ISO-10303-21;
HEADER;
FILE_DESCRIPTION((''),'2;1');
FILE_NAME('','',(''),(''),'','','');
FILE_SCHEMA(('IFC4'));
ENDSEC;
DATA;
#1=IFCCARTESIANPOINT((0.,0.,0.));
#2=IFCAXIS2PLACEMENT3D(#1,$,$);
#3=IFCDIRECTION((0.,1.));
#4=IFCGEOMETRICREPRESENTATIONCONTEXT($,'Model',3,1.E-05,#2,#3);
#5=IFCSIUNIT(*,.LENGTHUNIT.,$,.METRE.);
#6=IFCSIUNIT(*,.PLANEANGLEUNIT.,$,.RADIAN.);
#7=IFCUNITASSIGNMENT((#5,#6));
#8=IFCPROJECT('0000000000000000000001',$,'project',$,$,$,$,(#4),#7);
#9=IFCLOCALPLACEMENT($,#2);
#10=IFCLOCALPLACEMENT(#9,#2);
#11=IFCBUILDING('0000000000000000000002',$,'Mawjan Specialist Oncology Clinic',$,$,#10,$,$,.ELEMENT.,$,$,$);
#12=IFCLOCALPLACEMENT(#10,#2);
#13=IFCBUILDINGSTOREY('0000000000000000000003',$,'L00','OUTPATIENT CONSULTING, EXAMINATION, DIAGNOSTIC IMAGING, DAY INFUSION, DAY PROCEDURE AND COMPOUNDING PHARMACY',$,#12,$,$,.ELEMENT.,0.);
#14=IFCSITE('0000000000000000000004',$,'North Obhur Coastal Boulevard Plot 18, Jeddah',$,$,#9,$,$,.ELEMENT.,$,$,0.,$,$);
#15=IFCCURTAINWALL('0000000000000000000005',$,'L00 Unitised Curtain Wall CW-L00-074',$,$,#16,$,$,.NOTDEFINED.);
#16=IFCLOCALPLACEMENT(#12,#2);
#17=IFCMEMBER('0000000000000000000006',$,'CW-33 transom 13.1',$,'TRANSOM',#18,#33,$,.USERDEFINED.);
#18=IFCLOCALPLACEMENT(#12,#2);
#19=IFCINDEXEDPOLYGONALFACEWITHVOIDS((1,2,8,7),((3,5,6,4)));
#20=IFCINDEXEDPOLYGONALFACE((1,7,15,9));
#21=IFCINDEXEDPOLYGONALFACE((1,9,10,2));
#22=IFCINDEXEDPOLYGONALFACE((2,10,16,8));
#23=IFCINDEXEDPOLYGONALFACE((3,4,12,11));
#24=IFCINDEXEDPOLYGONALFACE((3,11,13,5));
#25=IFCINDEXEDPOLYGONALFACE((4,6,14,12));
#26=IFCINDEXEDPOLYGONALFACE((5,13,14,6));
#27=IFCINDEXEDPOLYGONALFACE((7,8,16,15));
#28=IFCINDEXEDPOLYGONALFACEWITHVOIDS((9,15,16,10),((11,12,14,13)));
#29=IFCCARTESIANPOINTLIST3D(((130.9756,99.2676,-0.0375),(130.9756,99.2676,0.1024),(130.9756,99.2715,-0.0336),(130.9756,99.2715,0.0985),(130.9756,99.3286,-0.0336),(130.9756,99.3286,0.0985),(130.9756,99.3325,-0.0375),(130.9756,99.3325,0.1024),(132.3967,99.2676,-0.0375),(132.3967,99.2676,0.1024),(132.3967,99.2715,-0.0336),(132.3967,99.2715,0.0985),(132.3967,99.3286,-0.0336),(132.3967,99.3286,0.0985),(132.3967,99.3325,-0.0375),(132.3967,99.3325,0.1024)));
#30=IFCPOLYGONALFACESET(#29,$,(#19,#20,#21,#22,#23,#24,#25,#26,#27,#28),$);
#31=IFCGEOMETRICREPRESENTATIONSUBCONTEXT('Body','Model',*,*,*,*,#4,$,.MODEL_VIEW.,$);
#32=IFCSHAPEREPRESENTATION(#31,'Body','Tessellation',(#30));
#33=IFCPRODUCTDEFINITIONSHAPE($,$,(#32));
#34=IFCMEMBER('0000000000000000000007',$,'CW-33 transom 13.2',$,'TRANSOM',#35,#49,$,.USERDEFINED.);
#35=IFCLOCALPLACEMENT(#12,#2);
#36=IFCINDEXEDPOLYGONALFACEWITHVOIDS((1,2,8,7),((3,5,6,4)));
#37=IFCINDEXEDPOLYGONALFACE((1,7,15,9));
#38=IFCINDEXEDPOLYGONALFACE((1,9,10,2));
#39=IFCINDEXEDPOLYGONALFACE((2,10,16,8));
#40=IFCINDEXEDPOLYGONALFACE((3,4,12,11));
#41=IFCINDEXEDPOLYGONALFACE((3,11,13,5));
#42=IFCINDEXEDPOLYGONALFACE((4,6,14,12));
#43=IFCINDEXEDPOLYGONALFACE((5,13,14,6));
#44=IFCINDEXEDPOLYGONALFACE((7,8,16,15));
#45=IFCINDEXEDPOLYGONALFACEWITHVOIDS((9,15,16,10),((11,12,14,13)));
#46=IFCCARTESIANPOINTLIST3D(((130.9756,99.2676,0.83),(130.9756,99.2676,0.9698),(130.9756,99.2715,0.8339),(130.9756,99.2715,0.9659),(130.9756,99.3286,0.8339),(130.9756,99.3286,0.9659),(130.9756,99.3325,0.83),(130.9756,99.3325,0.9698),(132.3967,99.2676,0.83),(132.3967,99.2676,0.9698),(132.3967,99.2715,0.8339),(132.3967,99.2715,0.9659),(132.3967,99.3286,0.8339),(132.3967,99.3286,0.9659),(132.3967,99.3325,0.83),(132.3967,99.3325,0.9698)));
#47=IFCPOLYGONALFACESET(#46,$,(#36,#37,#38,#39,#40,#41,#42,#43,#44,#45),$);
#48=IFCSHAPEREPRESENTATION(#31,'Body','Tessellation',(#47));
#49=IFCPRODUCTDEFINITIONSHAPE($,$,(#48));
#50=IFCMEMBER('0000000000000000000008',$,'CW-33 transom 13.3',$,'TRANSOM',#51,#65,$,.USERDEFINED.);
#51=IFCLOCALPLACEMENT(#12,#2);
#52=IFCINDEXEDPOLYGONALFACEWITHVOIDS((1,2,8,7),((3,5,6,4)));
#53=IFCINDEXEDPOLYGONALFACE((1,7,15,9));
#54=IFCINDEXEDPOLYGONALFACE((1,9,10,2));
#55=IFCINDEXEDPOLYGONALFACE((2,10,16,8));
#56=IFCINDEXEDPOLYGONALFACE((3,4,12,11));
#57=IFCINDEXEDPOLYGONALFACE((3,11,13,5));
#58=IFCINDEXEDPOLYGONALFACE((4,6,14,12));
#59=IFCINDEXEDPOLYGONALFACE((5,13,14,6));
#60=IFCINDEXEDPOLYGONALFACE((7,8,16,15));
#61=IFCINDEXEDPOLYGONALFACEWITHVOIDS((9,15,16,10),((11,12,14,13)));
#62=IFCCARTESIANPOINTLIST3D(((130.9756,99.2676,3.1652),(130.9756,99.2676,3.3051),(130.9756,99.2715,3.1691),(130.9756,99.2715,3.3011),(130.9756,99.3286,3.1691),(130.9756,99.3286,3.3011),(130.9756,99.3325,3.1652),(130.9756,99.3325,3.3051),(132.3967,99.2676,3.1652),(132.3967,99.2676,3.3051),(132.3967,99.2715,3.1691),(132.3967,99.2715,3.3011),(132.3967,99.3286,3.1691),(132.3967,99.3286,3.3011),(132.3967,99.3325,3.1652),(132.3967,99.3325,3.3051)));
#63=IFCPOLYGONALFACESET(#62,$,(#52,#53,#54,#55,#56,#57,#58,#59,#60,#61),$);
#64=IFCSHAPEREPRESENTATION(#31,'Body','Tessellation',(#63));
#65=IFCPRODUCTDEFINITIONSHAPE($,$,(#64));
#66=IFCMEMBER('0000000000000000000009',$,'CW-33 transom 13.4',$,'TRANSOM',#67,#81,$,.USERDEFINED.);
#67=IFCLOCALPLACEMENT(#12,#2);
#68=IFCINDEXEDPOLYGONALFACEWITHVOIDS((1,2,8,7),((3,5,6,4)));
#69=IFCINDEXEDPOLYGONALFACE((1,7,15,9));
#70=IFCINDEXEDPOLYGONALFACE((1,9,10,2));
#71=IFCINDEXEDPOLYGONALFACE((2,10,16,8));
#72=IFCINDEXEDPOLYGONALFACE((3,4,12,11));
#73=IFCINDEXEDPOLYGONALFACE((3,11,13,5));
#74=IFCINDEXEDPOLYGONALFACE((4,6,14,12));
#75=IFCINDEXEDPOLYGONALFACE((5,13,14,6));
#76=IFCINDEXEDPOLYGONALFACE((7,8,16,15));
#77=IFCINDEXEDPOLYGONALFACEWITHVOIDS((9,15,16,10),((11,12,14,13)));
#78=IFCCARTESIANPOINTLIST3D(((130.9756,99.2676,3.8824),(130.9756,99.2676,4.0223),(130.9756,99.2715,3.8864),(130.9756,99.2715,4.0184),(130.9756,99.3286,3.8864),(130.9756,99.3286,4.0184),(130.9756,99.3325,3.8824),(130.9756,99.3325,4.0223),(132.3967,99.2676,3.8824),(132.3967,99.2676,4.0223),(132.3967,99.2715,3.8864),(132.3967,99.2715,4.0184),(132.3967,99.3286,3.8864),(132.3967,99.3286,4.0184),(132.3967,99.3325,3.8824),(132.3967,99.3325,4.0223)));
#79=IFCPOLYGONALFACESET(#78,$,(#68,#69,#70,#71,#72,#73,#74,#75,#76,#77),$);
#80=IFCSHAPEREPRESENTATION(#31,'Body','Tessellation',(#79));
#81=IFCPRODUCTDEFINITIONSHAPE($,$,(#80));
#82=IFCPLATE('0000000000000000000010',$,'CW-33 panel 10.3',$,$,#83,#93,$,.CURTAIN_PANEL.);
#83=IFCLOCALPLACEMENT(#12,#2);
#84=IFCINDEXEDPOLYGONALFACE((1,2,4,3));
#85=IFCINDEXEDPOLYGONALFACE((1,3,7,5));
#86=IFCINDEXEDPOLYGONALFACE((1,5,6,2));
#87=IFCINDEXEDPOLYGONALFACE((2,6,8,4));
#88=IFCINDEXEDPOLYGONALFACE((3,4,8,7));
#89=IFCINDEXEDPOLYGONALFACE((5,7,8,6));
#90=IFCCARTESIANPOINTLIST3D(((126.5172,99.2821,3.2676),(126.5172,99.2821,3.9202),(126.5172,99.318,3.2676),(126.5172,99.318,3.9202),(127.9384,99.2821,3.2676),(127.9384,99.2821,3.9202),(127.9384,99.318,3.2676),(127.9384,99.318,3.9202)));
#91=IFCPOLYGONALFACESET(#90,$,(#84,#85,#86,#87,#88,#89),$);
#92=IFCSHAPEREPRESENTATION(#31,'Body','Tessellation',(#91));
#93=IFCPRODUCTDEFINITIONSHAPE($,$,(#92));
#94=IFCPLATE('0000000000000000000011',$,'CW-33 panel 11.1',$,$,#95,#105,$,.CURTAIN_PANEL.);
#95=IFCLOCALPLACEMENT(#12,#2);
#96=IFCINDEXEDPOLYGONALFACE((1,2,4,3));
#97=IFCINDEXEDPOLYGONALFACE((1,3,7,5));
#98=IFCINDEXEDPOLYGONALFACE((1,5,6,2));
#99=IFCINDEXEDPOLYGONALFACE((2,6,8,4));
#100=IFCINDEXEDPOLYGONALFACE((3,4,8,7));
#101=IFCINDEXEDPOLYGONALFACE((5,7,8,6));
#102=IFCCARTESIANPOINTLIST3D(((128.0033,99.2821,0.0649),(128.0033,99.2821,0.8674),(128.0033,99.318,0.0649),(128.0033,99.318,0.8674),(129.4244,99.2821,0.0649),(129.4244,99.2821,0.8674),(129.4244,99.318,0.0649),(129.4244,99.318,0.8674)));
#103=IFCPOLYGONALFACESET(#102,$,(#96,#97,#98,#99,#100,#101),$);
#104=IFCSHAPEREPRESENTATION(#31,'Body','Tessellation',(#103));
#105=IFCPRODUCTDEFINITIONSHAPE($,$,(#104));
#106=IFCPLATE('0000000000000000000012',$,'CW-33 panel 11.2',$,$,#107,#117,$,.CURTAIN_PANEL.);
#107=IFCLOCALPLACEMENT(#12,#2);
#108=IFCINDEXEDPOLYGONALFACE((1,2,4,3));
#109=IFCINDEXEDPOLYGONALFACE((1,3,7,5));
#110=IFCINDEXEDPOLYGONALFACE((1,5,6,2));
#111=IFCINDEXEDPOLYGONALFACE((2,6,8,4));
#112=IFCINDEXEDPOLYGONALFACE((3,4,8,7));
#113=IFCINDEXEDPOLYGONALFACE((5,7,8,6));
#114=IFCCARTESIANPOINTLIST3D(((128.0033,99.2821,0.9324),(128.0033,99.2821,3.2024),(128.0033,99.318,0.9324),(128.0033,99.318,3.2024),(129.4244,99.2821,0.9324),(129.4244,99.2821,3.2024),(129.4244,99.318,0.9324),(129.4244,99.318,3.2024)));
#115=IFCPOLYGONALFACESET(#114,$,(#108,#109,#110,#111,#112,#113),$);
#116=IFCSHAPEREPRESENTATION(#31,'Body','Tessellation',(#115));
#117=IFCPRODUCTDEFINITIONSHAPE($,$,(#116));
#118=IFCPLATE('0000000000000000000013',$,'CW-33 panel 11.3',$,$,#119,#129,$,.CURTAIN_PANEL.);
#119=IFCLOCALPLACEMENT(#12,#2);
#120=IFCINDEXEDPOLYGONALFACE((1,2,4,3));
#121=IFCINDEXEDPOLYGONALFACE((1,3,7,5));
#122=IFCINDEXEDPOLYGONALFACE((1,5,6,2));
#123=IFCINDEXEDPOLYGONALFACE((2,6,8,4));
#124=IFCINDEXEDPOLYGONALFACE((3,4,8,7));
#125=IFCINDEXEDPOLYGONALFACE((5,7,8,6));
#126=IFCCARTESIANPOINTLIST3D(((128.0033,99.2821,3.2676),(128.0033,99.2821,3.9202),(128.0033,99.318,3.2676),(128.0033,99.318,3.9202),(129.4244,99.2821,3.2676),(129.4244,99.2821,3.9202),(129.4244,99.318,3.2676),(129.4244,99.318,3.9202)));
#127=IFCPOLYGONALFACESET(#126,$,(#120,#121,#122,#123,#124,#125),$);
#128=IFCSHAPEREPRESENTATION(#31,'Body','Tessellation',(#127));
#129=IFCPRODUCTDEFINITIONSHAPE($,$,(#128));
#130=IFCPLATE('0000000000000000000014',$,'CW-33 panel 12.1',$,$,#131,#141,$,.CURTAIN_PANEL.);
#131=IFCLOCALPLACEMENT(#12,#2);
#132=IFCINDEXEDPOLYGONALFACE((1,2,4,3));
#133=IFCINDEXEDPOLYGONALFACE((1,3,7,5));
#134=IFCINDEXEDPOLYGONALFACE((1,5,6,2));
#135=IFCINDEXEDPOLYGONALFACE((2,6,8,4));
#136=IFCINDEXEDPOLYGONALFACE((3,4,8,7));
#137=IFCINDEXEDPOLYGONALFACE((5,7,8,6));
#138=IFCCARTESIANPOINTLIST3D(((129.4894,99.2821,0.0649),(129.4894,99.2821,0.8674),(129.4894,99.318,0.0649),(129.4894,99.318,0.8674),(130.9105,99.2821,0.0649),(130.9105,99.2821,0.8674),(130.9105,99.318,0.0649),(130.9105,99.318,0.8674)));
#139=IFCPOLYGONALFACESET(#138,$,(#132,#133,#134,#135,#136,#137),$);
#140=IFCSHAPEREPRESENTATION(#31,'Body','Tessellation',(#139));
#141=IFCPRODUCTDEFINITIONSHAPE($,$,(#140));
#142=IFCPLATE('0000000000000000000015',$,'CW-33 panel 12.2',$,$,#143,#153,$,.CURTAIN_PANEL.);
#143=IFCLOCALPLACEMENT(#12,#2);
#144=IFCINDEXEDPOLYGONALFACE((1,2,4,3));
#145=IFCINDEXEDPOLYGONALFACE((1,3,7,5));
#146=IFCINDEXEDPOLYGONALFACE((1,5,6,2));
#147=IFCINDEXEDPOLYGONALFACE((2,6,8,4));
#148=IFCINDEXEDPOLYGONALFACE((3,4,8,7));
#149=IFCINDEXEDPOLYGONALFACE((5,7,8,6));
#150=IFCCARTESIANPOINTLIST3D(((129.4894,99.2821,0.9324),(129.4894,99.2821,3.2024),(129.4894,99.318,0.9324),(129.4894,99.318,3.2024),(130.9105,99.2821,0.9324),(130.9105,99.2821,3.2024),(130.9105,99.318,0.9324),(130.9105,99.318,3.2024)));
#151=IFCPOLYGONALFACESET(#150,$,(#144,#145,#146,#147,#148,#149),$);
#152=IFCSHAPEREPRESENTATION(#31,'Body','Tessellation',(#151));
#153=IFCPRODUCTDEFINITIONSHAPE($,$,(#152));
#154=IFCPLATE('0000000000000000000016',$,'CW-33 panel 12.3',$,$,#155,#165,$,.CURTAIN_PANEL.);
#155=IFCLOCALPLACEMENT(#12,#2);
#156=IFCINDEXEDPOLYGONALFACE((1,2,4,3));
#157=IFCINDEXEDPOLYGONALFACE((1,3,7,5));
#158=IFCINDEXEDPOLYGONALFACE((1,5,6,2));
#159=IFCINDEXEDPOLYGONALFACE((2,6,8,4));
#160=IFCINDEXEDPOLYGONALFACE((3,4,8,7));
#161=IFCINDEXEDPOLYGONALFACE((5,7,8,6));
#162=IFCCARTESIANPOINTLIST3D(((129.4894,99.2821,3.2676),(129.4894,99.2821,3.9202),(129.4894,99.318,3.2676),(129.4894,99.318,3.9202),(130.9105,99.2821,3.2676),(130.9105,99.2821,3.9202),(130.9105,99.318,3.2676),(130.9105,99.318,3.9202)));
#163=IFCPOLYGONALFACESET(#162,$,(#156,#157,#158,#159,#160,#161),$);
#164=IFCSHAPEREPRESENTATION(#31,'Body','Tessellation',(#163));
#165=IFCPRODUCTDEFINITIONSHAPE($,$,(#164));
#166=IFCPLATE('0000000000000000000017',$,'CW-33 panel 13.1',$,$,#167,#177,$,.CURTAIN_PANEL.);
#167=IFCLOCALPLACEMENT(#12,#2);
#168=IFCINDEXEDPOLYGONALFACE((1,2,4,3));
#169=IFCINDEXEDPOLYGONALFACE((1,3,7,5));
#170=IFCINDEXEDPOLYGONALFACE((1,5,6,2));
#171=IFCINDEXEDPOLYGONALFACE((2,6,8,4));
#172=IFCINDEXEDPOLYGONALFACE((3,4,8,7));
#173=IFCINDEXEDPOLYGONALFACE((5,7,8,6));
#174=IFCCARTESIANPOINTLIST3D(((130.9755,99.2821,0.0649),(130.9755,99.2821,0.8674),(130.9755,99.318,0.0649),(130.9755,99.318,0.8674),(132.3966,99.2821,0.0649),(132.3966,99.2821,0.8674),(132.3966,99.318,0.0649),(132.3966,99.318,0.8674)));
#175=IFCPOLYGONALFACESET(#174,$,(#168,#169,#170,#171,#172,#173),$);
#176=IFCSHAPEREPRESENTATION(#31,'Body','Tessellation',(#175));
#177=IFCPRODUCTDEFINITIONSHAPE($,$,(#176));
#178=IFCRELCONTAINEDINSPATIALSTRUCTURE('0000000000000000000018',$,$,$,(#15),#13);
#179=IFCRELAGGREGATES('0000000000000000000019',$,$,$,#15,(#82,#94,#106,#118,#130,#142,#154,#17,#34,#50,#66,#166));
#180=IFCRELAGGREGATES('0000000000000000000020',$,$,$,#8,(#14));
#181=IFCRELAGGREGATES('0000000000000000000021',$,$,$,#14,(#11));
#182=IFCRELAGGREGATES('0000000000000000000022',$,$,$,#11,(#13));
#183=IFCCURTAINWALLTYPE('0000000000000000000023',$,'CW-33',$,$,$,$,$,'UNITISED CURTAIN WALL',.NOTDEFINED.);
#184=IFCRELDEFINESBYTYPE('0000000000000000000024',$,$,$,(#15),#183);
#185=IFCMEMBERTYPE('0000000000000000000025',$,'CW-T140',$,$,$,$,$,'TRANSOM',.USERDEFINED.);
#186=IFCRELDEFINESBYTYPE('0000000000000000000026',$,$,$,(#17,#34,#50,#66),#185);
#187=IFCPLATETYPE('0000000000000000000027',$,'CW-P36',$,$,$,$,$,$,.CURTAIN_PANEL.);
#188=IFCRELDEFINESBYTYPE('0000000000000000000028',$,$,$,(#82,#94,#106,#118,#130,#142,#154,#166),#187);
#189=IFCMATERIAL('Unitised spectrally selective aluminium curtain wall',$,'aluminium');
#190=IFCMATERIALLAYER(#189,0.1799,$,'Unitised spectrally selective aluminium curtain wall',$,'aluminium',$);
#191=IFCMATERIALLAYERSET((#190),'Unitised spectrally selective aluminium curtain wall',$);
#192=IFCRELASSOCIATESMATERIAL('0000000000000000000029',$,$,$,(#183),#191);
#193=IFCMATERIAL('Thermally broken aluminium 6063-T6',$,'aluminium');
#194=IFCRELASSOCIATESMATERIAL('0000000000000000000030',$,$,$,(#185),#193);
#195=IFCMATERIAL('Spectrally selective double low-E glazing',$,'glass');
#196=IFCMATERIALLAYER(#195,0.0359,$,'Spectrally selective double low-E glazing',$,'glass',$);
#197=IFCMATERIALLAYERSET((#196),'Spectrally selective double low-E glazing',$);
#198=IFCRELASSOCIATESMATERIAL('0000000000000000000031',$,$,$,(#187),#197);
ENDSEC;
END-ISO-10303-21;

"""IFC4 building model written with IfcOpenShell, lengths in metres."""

from ifc_helpers import new_model, si_unit, direction, frame, origin, origin_2d, place, context, subcontext, project, spatial, rectangle, hollow_rectangle, extrude, material, layer, layer_set, material_profile, profile_set, type_object, element, aggregate, save


model = new_model("IFC4")

# Units and contexts
model_context = context("Model", 3, precision=1e-05, world=origin(), true_north=direction((0.0, 1.0)))
body_context = subcontext(model_context, "Body", "Model", "MODEL_VIEW")
ifc_project = project(units=[si_unit("LENGTHUNIT", "METRE"), si_unit("PLANEANGLEUNIT", "RADIAN")], contexts=[model_context])

# Site, building, storey
site_placement = place(None, origin())
site = spatial("IfcSite", under=ifc_project, at=site_placement, Name="North Obhur Coastal Boulevard Plot 18, Jeddah", CompositionType="ELEMENT", RefElevation=0.0)
building_placement = place(site_placement, origin())
building = spatial("IfcBuilding", under=site, at=building_placement, Name="Mawjan Specialist Oncology Clinic", CompositionType="ELEMENT")
storey_placement = place(building_placement, origin())
storey = spatial("IfcBuildingStorey", under=building, at=storey_placement, Name="L00", Description="OUTPATIENT CONSULTING, EXAMINATION, DIAGNOSTIC IMAGING, DAY INFUSION, DAY PROCEDURE AND COMPOUNDING PHARMACY", CompositionType="ELEMENT", Elevation=0.0)

# Curtain wall, members, plates
ifc_material_1 = material(Name="Unitised spectrally selective aluminium curtain wall", Category="aluminium")
ifc_layer_1 = layer(ifc_material_1, 0.1799, Name="Unitised spectrally selective aluminium curtain wall", Category="aluminium")
ifc_layer_set_1 = layer_set([ifc_layer_1], Name="Unitised spectrally selective aluminium curtain wall")
curtain_wall_type = type_object("IfcCurtainWallType", Name="CW-33", ElementType="UNITISED CURTAIN WALL", PredefinedType="NOTDEFINED", material=ifc_layer_set_1)
curtain_wall_placement = place(storey_placement, origin())
curtain_wall = element("IfcCurtainWall", 1, at=curtain_wall_placement, inside=storey, type_object=curtain_wall_type, Name="L00 Unitised Curtain Wall CW-L00-074", PredefinedType="NOTDEFINED")
ifc_material_2 = material(Name="Thermally broken aluminium 6063-T6", Category="aluminium")
ifc_material_profile_1 = material_profile(ifc_material_2, hollow_rectangle(XDim=0.0649, YDim=0.1399, WallThickness=0.0039, at=origin_2d()), Name="ALU TRANSOM 140x65x4", Category="aluminium")
ifc_profile_set_1 = profile_set([ifc_material_profile_1], Name="Thermally broken aluminium 6063-T6")
member_type_1 = type_object("IfcMemberType", Name="CW-T140", ElementType="TRANSOM", PredefinedType="USERDEFINED", material=ifc_profile_set_1)
member_1_placement = place(storey_placement, frame((130.9756, 99.3, 0.0325), z_axis=(1.0, 0.0, 0.0), x_axis=(0.0, 1.0, 0.0)))
member_1 = element("IfcMember", 2, at=member_1_placement, type_object=member_type_1, Name="CW-33 transom 13.1", ObjectType="TRANSOM", PredefinedType="USERDEFINED", context=body_context, shape_type="SweptSolid", body=[
    extrude(hollow_rectangle(XDim=0.0649, YDim=0.1399, WallThickness=0.0039, at=origin_2d()), origin(), (0.0, 0.0, 1.0), 1.4211),
])
member_2_placement = place(storey_placement, frame((130.9756, 99.3, 0.8999), z_axis=(1.0, 0.0, 0.0), x_axis=(0.0, 1.0, 0.0)))
member_2 = element("IfcMember", 3, at=member_2_placement, type_object=member_type_1, Name="CW-33 transom 13.2", ObjectType="TRANSOM", PredefinedType="USERDEFINED", context=body_context, shape_type="SweptSolid", body=[
    extrude(hollow_rectangle(XDim=0.0649, YDim=0.1399, WallThickness=0.0039, at=origin_2d()), origin(), (0.0, 0.0, 1.0), 1.4211),
])
member_3_placement = place(storey_placement, frame((130.9756, 99.3, 3.2351), z_axis=(1.0, 0.0, 0.0), x_axis=(0.0, 1.0, 0.0)))
member_3 = element("IfcMember", 4, at=member_3_placement, type_object=member_type_1, Name="CW-33 transom 13.3", ObjectType="TRANSOM", PredefinedType="USERDEFINED", context=body_context, shape_type="SweptSolid", body=[
    extrude(hollow_rectangle(XDim=0.0649, YDim=0.1399, WallThickness=0.0039, at=origin_2d()), origin(), (0.0, 0.0, 1.0), 1.4211),
])
member_4_placement = place(storey_placement, frame((130.9756, 99.3, 3.9524), z_axis=(1.0, 0.0, 0.0), x_axis=(0.0, 1.0, 0.0)))
member_4 = element("IfcMember", 5, at=member_4_placement, type_object=member_type_1, Name="CW-33 transom 13.4", ObjectType="TRANSOM", PredefinedType="USERDEFINED", context=body_context, shape_type="SweptSolid", body=[
    extrude(hollow_rectangle(XDim=0.0649, YDim=0.1399, WallThickness=0.0039, at=origin_2d()), origin(), (0.0, 0.0, 1.0), 1.4211),
])
ifc_material_3 = material(Name="Spectrally selective double low-E glazing", Category="glass")
ifc_layer_2 = layer(ifc_material_3, 0.0359, Name="Spectrally selective double low-E glazing", Category="glass")
ifc_layer_set_2 = layer_set([ifc_layer_2], Name="Spectrally selective double low-E glazing")
plate_type = type_object("IfcPlateType", Name="CW-P36", PredefinedType="CURTAIN_PANEL", material=ifc_layer_set_2)
plate_1_placement = place(storey_placement, frame((127.2278, 99.3, 3.2676), z_axis=(0.0, 0.0, 1.0), x_axis=(1.0, 0.0, 0.0)))
plate_1 = element("IfcPlate", 6, at=plate_1_placement, type_object=plate_type, Name="CW-33 panel 10.3", PredefinedType="CURTAIN_PANEL", context=body_context, shape_type="SweptSolid", body=[
    extrude(rectangle(XDim=1.4211, YDim=0.0359, at=origin_2d()), origin(), (0.0, 0.0, 1.0), 0.6526),
])
plate_2_placement = place(storey_placement, frame((128.7139, 99.3, 0.0649), z_axis=(0.0, 0.0, 1.0), x_axis=(1.0, 0.0, 0.0)))
plate_2 = element("IfcPlate", 7, at=plate_2_placement, type_object=plate_type, Name="CW-33 panel 11.1", PredefinedType="CURTAIN_PANEL", context=body_context, shape_type="SweptSolid", body=[
    extrude(rectangle(XDim=1.4211, YDim=0.0359, at=origin_2d()), origin(), (0.0, 0.0, 1.0), 0.8025),
])
plate_3_placement = place(storey_placement, frame((128.7139, 99.3, 0.9324), z_axis=(0.0, 0.0, 1.0), x_axis=(1.0, 0.0, 0.0)))
plate_3 = element("IfcPlate", 8, at=plate_3_placement, type_object=plate_type, Name="CW-33 panel 11.2", PredefinedType="CURTAIN_PANEL", context=body_context, shape_type="SweptSolid", body=[
    extrude(rectangle(XDim=1.4211, YDim=0.0359, at=origin_2d()), origin(), (0.0, 0.0, 1.0), 2.27),
])
plate_4_placement = place(storey_placement, frame((128.7139, 99.3, 3.2676), z_axis=(0.0, 0.0, 1.0), x_axis=(1.0, 0.0, 0.0)))
plate_4 = element("IfcPlate", 9, at=plate_4_placement, type_object=plate_type, Name="CW-33 panel 11.3", PredefinedType="CURTAIN_PANEL", context=body_context, shape_type="SweptSolid", body=[
    extrude(rectangle(XDim=1.4211, YDim=0.0359, at=origin_2d()), origin(), (0.0, 0.0, 1.0), 0.6526),
])
plate_5_placement = place(storey_placement, frame((130.2, 99.3, 0.0649), z_axis=(0.0, 0.0, 1.0), x_axis=(1.0, 0.0, 0.0)))
plate_5 = element("IfcPlate", 10, at=plate_5_placement, type_object=plate_type, Name="CW-33 panel 12.1", PredefinedType="CURTAIN_PANEL", context=body_context, shape_type="SweptSolid", body=[
    extrude(rectangle(XDim=1.4211, YDim=0.0359, at=origin_2d()), origin(), (0.0, 0.0, 1.0), 0.8025),
])
plate_6_placement = place(storey_placement, frame((130.2, 99.3, 0.9324), z_axis=(0.0, 0.0, 1.0), x_axis=(1.0, 0.0, 0.0)))
plate_6 = element("IfcPlate", 11, at=plate_6_placement, type_object=plate_type, Name="CW-33 panel 12.2", PredefinedType="CURTAIN_PANEL", context=body_context, shape_type="SweptSolid", body=[
    extrude(rectangle(XDim=1.4211, YDim=0.0359, at=origin_2d()), origin(), (0.0, 0.0, 1.0), 2.27),
])
plate_7_placement = place(storey_placement, frame((130.2, 99.3, 3.2676), z_axis=(0.0, 0.0, 1.0), x_axis=(1.0, 0.0, 0.0)))
plate_7 = element("IfcPlate", 12, at=plate_7_placement, type_object=plate_type, Name="CW-33 panel 12.3", PredefinedType="CURTAIN_PANEL", context=body_context, shape_type="SweptSolid", body=[
    extrude(rectangle(XDim=1.4211, YDim=0.0359, at=origin_2d()), origin(), (0.0, 0.0, 1.0), 0.6526),
])
plate_8_placement = place(storey_placement, frame((131.686, 99.3, 0.0649), z_axis=(0.0, 0.0, 1.0), x_axis=(1.0, 0.0, 0.0)))
plate_8 = element("IfcPlate", 13, at=plate_8_placement, type_object=plate_type, Name="CW-33 panel 13.1", PredefinedType="CURTAIN_PANEL", context=body_context, shape_type="SweptSolid", body=[
    extrude(rectangle(XDim=1.4211, YDim=0.0359, at=origin_2d()), origin(), (0.0, 0.0, 1.0), 0.8025),
])
aggregate(curtain_wall, [plate_1, plate_2, plate_3, plate_4, plate_5, plate_6, plate_7, member_1, member_2, member_3, member_4, plate_8])

save(model, "model.ifc")
